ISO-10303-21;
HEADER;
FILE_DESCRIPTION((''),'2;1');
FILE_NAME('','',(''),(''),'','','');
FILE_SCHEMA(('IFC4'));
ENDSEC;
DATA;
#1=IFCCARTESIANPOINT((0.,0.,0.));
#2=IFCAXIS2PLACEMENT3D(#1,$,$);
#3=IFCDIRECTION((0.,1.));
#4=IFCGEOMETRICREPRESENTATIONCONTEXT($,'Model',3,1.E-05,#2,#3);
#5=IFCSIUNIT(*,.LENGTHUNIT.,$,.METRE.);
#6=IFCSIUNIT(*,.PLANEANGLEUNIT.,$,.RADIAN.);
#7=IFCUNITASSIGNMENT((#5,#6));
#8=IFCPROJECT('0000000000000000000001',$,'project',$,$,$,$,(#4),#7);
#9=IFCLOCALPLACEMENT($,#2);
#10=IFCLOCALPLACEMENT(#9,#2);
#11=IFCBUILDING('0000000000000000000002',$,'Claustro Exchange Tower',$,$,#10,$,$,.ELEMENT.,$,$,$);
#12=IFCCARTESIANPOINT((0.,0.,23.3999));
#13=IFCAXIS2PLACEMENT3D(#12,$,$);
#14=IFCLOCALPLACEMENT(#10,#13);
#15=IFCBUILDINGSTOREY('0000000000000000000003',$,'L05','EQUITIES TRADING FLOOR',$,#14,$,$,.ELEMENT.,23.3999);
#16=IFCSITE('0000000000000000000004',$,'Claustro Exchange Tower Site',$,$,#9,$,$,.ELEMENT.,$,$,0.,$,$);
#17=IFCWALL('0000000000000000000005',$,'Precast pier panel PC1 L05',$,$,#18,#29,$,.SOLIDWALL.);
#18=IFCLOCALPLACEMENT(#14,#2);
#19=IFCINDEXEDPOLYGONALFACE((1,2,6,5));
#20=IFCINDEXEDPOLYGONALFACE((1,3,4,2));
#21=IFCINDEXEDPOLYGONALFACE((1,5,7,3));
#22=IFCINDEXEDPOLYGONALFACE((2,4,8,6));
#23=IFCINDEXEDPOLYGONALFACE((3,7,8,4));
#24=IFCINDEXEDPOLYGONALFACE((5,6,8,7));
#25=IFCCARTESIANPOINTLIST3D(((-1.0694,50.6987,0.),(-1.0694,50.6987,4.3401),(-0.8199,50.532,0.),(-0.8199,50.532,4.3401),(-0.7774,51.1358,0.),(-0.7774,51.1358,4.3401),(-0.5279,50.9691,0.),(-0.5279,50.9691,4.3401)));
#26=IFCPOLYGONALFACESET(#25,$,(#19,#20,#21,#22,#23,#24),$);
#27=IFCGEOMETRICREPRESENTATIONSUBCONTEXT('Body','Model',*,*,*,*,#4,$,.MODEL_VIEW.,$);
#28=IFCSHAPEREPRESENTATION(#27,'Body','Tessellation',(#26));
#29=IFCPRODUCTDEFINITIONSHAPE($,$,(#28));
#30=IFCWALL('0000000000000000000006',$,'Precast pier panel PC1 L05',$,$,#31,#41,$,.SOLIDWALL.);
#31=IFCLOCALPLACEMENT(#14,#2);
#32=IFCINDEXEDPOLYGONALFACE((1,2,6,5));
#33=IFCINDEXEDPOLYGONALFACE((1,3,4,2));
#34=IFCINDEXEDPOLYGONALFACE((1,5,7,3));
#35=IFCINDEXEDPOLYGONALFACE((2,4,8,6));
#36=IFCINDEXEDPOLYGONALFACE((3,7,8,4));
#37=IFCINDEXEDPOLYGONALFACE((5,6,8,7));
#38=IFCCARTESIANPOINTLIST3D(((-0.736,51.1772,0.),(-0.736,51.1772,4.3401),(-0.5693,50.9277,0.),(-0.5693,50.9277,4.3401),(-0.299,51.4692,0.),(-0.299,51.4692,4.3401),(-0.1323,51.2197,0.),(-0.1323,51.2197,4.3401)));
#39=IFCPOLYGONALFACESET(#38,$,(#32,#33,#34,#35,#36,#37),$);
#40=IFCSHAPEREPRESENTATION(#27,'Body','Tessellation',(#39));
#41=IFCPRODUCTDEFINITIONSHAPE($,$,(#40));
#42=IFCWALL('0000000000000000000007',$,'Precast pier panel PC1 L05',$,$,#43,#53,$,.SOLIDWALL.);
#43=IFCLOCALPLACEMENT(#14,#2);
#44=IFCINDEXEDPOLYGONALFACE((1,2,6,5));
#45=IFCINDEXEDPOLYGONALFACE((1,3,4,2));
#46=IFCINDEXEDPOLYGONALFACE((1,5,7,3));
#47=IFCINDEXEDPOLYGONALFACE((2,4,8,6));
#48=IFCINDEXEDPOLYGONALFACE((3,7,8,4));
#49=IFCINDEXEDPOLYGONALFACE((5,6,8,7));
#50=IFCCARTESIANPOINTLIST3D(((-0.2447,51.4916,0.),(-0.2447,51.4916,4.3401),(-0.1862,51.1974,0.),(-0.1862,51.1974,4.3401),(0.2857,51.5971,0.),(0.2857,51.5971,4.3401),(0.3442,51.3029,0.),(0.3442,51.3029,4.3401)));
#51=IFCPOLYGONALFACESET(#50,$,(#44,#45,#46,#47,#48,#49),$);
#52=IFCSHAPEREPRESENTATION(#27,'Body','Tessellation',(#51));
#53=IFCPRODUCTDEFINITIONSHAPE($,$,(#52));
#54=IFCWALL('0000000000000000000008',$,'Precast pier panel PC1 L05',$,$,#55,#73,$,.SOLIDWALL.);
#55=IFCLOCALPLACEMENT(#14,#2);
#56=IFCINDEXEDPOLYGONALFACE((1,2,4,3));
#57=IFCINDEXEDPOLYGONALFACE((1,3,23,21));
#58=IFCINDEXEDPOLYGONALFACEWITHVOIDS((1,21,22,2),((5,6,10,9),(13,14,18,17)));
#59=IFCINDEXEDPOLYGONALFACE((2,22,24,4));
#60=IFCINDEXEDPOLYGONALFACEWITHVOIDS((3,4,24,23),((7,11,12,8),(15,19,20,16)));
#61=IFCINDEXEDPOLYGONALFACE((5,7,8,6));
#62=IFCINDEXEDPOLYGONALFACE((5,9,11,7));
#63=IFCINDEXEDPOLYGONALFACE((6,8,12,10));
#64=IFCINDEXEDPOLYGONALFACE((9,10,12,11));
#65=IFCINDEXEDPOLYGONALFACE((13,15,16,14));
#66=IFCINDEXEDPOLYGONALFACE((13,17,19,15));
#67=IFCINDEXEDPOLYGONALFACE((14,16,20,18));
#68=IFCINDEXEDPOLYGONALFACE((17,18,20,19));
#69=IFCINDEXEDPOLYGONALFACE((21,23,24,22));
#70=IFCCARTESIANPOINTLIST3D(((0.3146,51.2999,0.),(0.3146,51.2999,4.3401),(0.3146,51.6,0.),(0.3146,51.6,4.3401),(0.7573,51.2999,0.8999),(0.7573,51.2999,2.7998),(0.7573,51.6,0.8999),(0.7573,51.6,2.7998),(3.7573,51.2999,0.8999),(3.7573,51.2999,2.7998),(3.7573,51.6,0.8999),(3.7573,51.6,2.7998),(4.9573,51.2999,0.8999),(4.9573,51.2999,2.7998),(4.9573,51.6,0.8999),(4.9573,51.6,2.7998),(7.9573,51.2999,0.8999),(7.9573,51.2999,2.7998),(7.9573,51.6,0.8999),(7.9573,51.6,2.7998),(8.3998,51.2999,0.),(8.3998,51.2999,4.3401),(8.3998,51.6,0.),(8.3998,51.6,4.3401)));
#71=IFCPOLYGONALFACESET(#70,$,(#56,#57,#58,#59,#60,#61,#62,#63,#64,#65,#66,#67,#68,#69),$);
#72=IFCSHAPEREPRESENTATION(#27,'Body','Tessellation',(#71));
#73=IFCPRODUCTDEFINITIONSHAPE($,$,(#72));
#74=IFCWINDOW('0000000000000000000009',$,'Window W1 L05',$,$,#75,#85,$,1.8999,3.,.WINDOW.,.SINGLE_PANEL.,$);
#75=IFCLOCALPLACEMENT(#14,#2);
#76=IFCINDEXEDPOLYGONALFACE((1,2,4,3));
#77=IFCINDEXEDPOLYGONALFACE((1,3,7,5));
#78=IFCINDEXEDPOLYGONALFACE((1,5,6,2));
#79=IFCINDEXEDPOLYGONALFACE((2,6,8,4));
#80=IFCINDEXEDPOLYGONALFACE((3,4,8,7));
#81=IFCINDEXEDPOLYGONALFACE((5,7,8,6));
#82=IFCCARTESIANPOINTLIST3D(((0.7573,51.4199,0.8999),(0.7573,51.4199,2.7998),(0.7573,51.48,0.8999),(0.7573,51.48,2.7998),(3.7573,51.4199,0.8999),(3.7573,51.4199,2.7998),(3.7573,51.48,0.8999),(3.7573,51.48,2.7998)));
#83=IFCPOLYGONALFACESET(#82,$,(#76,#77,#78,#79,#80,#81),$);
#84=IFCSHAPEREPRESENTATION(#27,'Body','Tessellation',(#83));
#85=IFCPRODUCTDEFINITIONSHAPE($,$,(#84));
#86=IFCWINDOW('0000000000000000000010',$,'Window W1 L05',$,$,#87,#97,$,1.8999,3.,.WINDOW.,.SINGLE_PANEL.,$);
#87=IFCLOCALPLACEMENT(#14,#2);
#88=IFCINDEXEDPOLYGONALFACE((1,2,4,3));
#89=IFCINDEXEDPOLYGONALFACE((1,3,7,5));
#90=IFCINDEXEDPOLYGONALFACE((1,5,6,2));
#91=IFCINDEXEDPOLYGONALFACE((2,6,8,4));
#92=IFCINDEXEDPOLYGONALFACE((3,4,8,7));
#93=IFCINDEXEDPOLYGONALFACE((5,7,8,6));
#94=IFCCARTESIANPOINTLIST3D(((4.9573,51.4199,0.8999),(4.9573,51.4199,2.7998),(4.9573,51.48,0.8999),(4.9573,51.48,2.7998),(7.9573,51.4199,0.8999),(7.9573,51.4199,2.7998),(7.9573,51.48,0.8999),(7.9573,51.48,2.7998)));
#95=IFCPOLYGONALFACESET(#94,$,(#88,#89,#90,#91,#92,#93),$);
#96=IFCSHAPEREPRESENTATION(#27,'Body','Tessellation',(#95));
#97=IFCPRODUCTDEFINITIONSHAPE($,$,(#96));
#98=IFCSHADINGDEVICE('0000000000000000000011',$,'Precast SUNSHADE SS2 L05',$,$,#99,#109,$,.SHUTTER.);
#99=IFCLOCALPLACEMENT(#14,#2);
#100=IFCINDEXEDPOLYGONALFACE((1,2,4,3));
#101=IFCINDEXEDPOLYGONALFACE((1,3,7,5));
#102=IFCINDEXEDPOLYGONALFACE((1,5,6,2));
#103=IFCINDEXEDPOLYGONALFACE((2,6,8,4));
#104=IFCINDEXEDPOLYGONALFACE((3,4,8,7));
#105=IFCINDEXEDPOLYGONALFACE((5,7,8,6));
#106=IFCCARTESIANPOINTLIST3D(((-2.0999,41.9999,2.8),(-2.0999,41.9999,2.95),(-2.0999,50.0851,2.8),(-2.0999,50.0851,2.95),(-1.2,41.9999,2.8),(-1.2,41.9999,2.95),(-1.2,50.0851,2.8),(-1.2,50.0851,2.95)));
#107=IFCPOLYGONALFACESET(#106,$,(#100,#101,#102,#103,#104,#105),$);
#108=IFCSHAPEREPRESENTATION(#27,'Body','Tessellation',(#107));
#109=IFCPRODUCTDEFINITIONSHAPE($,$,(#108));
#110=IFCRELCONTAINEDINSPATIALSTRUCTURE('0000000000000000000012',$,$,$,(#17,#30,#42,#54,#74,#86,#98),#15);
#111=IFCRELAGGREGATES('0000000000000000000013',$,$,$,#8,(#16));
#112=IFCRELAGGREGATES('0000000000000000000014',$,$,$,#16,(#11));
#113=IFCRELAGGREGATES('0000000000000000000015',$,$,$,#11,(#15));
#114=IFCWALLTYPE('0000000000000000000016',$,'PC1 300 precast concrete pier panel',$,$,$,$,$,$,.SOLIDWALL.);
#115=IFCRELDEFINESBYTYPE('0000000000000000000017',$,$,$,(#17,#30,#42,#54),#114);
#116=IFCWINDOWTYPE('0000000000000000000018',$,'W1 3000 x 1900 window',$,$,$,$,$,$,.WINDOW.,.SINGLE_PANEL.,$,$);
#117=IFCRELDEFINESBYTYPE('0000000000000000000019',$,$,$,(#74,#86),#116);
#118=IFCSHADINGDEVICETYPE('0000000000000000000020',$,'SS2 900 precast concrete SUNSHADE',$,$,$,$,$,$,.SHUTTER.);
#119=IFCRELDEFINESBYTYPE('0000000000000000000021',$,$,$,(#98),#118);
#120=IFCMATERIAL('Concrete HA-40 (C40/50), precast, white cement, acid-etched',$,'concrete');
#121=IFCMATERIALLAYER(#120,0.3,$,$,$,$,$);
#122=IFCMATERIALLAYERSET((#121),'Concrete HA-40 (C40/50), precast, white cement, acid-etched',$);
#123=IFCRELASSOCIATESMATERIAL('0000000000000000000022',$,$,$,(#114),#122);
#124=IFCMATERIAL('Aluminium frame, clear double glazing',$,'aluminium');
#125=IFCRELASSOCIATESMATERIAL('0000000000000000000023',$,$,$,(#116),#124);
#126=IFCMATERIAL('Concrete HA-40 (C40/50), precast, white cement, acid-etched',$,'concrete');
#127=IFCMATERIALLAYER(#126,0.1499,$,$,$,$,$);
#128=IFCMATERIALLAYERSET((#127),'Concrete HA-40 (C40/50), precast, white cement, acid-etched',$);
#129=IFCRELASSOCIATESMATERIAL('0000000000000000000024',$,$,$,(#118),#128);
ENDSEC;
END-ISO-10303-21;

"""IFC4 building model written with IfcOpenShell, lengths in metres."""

from ifc_helpers import new_model, si_unit, direction, frame, frame_2d, origin, origin_2d, place, context, subcontext, project, spatial, rectangle, extrude, material, layer, layer_set, type_object, element, fill, save


model = new_model("IFC4")

# Units and contexts
model_context = context("Model", 3, precision=1e-05, world=origin(), true_north=direction((0.0, 1.0)))
body_context = subcontext(model_context, "Body", "Model", "MODEL_VIEW")
ifc_project = project(units=[si_unit("LENGTHUNIT", "METRE"), si_unit("PLANEANGLEUNIT", "RADIAN")], contexts=[model_context])

# Site, building, storey
site_placement = place(None, origin())
site = spatial("IfcSite", under=ifc_project, at=site_placement, Name="Claustro Exchange Tower Site", CompositionType="ELEMENT", RefElevation=0.0)
building_placement = place(site_placement, origin())
building = spatial("IfcBuilding", under=site, at=building_placement, Name="Claustro Exchange Tower", CompositionType="ELEMENT")
storey_placement = place(building_placement, frame((0.0, 0.0, 23.3999)))
storey = spatial("IfcBuildingStorey", under=building, at=storey_placement, Name="L05", Description="EQUITIES TRADING FLOOR", CompositionType="ELEMENT", Elevation=23.3999)

# Walls
ifc_material_1 = material(Name="Concrete HA-40 (C40/50), precast, white cement, acid-etched", Category="concrete")
ifc_layer_1 = layer(ifc_material_1, 0.3)
ifc_layer_set_1 = layer_set([ifc_layer_1], Name="Concrete HA-40 (C40/50), precast, white cement, acid-etched")
wall_type_1 = type_object("IfcWallType", Name="PC1 300 precast concrete pier panel", PredefinedType="SOLIDWALL", material=ifc_layer_set_1)
for number, where, z_axis, x_axis, name in (
    (1, (-0.9446, 50.6155, 0.0), (0.0, 0.0, 1.0), (0.555557, 0.831478, 0.0), "Precast pier panel PC1 L05"),
    (2, (-0.6526, 51.0525, 0.0), (0.0, 0.0, 1.0), (0.831478, 0.555557, 0.0), "Precast pier panel PC1 L05"),
):
    element("IfcWall", number, at=place(storey_placement, frame(where, z_axis=z_axis, x_axis=x_axis)), inside=storey, type_object=wall_type_1, Name=name, PredefinedType="SOLIDWALL", context=body_context, shape_type="SweptSolid", body=[
        extrude(rectangle(XDim=0.5256, YDim=0.3, at=frame_2d((0.2627, 0.0))), origin(), (0.0, 0.0, 1.0), 4.3401),
    ])
wall_1_placement = place(storey_placement, frame((-0.2156, 51.3445, 0.0), z_axis=(0.0, 0.0, 1.0), x_axis=(0.980789, 0.195074, 0.0)))
element("IfcWall", 3, at=wall_1_placement, inside=storey, type_object=wall_type_1, Name="Precast pier panel PC1 L05", PredefinedType="SOLIDWALL", context=body_context, shape_type="SweptSolid", body=[
    extrude(rectangle(XDim=0.5408, YDim=0.3, at=frame_2d((0.2705, 0.0))), origin(), (0.0, 0.0, 1.0), 4.3401),
])

# Wall, openings, windows
wall_2_placement = place(storey_placement, frame((0.3147, 51.45, 0.0), z_axis=(0.0, 0.0, 1.0), x_axis=(1.0, 0.0, 0.0)))
wall_2 = element("IfcWall", 4, at=wall_2_placement, inside=storey, type_object=wall_type_1, Name="Precast pier panel PC1 L05", PredefinedType="SOLIDWALL", context=body_context, shape_type="SweptSolid", body=[
    extrude(rectangle(XDim=8.0852, YDim=0.3, at=frame_2d((4.0425, 0.0))), origin(), (0.0, 0.0, 1.0), 4.3401),
])
opening_1_placement = place(wall_2_placement, frame((0.4426, 0.0, 0.8999)))
opening_1 = element("IfcOpeningElement", 5, at=opening_1_placement, cuts=wall_2, PredefinedType="OPENING", context=body_context, shape_type="SweptSolid", body=[
    extrude(rectangle(XDim=3.0, YDim=1.8999, at=frame_2d((1.5, 0.95))), frame((0.0, 0.1599, 0.0), z_axis=(0.0, -1.0, 0.0), x_axis=(1.0, 0.0, 0.0)), (0.0, 0.0, 1.0), 0.3201),
])
opening_2_placement = place(wall_2_placement, frame((4.6426, 0.0, 0.8999)))
opening_2 = element("IfcOpeningElement", 6, at=opening_2_placement, cuts=wall_2, PredefinedType="OPENING", context=body_context, shape_type="SweptSolid", body=[
    extrude(rectangle(XDim=3.0, YDim=1.8999, at=frame_2d((1.5, 0.95))), frame((0.0, 0.1599, 0.0), z_axis=(0.0, -1.0, 0.0), x_axis=(1.0, 0.0, 0.0)), (0.0, 0.0, 1.0), 0.3201),
])
ifc_material_2 = material(Name="Aluminium frame, clear double glazing", Category="aluminium")
window_type = type_object("IfcWindowType", Name="W1 3000 x 1900 window", PartitioningType="SINGLE_PANEL", PredefinedType="WINDOW", material=ifc_material_2)
window_1_placement = place(opening_1_placement, origin())
window_1 = element("IfcWindow", 7, at=window_1_placement, inside=storey, type_object=window_type, Name="Window W1 L05", OverallHeight=1.8999, OverallWidth=3.0, PartitioningType="SINGLE_PANEL", PredefinedType="WINDOW", context=body_context, shape_type="SweptSolid", body=[
    extrude(rectangle(XDim=3.0, YDim=1.8999, at=frame_2d((1.5, 0.95))), frame((0.0, 0.03, 0.0), z_axis=(0.0, -1.0, 0.0), x_axis=(1.0, 0.0, 0.0)), (0.0, 0.0, 1.0), 0.0601),
])
fill(opening_1, window_1)
window_2_placement = place(opening_2_placement, origin())
window_2 = element("IfcWindow", 8, at=window_2_placement, inside=storey, type_object=window_type, Name="Window W1 L05", OverallHeight=1.8999, OverallWidth=3.0, PartitioningType="SINGLE_PANEL", PredefinedType="WINDOW", context=body_context, shape_type="SweptSolid", body=[
    extrude(rectangle(XDim=3.0, YDim=1.8999, at=frame_2d((1.5, 0.95))), frame((0.0, 0.03, 0.0), z_axis=(0.0, -1.0, 0.0), x_axis=(1.0, 0.0, 0.0)), (0.0, 0.0, 1.0), 0.0601),
])
fill(opening_2, window_2)

# Shading device
ifc_material_3 = material(Name="Concrete HA-40 (C40/50), precast, white cement, acid-etched", Category="concrete")
ifc_layer_2 = layer(ifc_material_3, 0.1499)
ifc_layer_set_2 = layer_set([ifc_layer_2], Name="Concrete HA-40 (C40/50), precast, white cement, acid-etched")
shading_device_type = type_object("IfcShadingDeviceType", Name="SS2 900 precast concrete SUNSHADE", PredefinedType="SHUTTER", material=ifc_layer_set_2)
shading_device_placement = place(storey_placement, frame((-1.6499, 46.0425, 2.8), z_axis=(0.0, 0.0, 1.0), x_axis=(0.0, 1.0, 0.0)))
element("IfcShadingDevice", 9, at=shading_device_placement, inside=storey, type_object=shading_device_type, Name="Precast SUNSHADE SS2 L05", PredefinedType="SHUTTER", context=body_context, shape_type="SweptSolid", body=[
    extrude(rectangle(XDim=8.0852, YDim=0.8999, at=origin_2d()), origin(), (0.0, 0.0, 1.0), 0.1499),
])

save(model, "model.ifc")
